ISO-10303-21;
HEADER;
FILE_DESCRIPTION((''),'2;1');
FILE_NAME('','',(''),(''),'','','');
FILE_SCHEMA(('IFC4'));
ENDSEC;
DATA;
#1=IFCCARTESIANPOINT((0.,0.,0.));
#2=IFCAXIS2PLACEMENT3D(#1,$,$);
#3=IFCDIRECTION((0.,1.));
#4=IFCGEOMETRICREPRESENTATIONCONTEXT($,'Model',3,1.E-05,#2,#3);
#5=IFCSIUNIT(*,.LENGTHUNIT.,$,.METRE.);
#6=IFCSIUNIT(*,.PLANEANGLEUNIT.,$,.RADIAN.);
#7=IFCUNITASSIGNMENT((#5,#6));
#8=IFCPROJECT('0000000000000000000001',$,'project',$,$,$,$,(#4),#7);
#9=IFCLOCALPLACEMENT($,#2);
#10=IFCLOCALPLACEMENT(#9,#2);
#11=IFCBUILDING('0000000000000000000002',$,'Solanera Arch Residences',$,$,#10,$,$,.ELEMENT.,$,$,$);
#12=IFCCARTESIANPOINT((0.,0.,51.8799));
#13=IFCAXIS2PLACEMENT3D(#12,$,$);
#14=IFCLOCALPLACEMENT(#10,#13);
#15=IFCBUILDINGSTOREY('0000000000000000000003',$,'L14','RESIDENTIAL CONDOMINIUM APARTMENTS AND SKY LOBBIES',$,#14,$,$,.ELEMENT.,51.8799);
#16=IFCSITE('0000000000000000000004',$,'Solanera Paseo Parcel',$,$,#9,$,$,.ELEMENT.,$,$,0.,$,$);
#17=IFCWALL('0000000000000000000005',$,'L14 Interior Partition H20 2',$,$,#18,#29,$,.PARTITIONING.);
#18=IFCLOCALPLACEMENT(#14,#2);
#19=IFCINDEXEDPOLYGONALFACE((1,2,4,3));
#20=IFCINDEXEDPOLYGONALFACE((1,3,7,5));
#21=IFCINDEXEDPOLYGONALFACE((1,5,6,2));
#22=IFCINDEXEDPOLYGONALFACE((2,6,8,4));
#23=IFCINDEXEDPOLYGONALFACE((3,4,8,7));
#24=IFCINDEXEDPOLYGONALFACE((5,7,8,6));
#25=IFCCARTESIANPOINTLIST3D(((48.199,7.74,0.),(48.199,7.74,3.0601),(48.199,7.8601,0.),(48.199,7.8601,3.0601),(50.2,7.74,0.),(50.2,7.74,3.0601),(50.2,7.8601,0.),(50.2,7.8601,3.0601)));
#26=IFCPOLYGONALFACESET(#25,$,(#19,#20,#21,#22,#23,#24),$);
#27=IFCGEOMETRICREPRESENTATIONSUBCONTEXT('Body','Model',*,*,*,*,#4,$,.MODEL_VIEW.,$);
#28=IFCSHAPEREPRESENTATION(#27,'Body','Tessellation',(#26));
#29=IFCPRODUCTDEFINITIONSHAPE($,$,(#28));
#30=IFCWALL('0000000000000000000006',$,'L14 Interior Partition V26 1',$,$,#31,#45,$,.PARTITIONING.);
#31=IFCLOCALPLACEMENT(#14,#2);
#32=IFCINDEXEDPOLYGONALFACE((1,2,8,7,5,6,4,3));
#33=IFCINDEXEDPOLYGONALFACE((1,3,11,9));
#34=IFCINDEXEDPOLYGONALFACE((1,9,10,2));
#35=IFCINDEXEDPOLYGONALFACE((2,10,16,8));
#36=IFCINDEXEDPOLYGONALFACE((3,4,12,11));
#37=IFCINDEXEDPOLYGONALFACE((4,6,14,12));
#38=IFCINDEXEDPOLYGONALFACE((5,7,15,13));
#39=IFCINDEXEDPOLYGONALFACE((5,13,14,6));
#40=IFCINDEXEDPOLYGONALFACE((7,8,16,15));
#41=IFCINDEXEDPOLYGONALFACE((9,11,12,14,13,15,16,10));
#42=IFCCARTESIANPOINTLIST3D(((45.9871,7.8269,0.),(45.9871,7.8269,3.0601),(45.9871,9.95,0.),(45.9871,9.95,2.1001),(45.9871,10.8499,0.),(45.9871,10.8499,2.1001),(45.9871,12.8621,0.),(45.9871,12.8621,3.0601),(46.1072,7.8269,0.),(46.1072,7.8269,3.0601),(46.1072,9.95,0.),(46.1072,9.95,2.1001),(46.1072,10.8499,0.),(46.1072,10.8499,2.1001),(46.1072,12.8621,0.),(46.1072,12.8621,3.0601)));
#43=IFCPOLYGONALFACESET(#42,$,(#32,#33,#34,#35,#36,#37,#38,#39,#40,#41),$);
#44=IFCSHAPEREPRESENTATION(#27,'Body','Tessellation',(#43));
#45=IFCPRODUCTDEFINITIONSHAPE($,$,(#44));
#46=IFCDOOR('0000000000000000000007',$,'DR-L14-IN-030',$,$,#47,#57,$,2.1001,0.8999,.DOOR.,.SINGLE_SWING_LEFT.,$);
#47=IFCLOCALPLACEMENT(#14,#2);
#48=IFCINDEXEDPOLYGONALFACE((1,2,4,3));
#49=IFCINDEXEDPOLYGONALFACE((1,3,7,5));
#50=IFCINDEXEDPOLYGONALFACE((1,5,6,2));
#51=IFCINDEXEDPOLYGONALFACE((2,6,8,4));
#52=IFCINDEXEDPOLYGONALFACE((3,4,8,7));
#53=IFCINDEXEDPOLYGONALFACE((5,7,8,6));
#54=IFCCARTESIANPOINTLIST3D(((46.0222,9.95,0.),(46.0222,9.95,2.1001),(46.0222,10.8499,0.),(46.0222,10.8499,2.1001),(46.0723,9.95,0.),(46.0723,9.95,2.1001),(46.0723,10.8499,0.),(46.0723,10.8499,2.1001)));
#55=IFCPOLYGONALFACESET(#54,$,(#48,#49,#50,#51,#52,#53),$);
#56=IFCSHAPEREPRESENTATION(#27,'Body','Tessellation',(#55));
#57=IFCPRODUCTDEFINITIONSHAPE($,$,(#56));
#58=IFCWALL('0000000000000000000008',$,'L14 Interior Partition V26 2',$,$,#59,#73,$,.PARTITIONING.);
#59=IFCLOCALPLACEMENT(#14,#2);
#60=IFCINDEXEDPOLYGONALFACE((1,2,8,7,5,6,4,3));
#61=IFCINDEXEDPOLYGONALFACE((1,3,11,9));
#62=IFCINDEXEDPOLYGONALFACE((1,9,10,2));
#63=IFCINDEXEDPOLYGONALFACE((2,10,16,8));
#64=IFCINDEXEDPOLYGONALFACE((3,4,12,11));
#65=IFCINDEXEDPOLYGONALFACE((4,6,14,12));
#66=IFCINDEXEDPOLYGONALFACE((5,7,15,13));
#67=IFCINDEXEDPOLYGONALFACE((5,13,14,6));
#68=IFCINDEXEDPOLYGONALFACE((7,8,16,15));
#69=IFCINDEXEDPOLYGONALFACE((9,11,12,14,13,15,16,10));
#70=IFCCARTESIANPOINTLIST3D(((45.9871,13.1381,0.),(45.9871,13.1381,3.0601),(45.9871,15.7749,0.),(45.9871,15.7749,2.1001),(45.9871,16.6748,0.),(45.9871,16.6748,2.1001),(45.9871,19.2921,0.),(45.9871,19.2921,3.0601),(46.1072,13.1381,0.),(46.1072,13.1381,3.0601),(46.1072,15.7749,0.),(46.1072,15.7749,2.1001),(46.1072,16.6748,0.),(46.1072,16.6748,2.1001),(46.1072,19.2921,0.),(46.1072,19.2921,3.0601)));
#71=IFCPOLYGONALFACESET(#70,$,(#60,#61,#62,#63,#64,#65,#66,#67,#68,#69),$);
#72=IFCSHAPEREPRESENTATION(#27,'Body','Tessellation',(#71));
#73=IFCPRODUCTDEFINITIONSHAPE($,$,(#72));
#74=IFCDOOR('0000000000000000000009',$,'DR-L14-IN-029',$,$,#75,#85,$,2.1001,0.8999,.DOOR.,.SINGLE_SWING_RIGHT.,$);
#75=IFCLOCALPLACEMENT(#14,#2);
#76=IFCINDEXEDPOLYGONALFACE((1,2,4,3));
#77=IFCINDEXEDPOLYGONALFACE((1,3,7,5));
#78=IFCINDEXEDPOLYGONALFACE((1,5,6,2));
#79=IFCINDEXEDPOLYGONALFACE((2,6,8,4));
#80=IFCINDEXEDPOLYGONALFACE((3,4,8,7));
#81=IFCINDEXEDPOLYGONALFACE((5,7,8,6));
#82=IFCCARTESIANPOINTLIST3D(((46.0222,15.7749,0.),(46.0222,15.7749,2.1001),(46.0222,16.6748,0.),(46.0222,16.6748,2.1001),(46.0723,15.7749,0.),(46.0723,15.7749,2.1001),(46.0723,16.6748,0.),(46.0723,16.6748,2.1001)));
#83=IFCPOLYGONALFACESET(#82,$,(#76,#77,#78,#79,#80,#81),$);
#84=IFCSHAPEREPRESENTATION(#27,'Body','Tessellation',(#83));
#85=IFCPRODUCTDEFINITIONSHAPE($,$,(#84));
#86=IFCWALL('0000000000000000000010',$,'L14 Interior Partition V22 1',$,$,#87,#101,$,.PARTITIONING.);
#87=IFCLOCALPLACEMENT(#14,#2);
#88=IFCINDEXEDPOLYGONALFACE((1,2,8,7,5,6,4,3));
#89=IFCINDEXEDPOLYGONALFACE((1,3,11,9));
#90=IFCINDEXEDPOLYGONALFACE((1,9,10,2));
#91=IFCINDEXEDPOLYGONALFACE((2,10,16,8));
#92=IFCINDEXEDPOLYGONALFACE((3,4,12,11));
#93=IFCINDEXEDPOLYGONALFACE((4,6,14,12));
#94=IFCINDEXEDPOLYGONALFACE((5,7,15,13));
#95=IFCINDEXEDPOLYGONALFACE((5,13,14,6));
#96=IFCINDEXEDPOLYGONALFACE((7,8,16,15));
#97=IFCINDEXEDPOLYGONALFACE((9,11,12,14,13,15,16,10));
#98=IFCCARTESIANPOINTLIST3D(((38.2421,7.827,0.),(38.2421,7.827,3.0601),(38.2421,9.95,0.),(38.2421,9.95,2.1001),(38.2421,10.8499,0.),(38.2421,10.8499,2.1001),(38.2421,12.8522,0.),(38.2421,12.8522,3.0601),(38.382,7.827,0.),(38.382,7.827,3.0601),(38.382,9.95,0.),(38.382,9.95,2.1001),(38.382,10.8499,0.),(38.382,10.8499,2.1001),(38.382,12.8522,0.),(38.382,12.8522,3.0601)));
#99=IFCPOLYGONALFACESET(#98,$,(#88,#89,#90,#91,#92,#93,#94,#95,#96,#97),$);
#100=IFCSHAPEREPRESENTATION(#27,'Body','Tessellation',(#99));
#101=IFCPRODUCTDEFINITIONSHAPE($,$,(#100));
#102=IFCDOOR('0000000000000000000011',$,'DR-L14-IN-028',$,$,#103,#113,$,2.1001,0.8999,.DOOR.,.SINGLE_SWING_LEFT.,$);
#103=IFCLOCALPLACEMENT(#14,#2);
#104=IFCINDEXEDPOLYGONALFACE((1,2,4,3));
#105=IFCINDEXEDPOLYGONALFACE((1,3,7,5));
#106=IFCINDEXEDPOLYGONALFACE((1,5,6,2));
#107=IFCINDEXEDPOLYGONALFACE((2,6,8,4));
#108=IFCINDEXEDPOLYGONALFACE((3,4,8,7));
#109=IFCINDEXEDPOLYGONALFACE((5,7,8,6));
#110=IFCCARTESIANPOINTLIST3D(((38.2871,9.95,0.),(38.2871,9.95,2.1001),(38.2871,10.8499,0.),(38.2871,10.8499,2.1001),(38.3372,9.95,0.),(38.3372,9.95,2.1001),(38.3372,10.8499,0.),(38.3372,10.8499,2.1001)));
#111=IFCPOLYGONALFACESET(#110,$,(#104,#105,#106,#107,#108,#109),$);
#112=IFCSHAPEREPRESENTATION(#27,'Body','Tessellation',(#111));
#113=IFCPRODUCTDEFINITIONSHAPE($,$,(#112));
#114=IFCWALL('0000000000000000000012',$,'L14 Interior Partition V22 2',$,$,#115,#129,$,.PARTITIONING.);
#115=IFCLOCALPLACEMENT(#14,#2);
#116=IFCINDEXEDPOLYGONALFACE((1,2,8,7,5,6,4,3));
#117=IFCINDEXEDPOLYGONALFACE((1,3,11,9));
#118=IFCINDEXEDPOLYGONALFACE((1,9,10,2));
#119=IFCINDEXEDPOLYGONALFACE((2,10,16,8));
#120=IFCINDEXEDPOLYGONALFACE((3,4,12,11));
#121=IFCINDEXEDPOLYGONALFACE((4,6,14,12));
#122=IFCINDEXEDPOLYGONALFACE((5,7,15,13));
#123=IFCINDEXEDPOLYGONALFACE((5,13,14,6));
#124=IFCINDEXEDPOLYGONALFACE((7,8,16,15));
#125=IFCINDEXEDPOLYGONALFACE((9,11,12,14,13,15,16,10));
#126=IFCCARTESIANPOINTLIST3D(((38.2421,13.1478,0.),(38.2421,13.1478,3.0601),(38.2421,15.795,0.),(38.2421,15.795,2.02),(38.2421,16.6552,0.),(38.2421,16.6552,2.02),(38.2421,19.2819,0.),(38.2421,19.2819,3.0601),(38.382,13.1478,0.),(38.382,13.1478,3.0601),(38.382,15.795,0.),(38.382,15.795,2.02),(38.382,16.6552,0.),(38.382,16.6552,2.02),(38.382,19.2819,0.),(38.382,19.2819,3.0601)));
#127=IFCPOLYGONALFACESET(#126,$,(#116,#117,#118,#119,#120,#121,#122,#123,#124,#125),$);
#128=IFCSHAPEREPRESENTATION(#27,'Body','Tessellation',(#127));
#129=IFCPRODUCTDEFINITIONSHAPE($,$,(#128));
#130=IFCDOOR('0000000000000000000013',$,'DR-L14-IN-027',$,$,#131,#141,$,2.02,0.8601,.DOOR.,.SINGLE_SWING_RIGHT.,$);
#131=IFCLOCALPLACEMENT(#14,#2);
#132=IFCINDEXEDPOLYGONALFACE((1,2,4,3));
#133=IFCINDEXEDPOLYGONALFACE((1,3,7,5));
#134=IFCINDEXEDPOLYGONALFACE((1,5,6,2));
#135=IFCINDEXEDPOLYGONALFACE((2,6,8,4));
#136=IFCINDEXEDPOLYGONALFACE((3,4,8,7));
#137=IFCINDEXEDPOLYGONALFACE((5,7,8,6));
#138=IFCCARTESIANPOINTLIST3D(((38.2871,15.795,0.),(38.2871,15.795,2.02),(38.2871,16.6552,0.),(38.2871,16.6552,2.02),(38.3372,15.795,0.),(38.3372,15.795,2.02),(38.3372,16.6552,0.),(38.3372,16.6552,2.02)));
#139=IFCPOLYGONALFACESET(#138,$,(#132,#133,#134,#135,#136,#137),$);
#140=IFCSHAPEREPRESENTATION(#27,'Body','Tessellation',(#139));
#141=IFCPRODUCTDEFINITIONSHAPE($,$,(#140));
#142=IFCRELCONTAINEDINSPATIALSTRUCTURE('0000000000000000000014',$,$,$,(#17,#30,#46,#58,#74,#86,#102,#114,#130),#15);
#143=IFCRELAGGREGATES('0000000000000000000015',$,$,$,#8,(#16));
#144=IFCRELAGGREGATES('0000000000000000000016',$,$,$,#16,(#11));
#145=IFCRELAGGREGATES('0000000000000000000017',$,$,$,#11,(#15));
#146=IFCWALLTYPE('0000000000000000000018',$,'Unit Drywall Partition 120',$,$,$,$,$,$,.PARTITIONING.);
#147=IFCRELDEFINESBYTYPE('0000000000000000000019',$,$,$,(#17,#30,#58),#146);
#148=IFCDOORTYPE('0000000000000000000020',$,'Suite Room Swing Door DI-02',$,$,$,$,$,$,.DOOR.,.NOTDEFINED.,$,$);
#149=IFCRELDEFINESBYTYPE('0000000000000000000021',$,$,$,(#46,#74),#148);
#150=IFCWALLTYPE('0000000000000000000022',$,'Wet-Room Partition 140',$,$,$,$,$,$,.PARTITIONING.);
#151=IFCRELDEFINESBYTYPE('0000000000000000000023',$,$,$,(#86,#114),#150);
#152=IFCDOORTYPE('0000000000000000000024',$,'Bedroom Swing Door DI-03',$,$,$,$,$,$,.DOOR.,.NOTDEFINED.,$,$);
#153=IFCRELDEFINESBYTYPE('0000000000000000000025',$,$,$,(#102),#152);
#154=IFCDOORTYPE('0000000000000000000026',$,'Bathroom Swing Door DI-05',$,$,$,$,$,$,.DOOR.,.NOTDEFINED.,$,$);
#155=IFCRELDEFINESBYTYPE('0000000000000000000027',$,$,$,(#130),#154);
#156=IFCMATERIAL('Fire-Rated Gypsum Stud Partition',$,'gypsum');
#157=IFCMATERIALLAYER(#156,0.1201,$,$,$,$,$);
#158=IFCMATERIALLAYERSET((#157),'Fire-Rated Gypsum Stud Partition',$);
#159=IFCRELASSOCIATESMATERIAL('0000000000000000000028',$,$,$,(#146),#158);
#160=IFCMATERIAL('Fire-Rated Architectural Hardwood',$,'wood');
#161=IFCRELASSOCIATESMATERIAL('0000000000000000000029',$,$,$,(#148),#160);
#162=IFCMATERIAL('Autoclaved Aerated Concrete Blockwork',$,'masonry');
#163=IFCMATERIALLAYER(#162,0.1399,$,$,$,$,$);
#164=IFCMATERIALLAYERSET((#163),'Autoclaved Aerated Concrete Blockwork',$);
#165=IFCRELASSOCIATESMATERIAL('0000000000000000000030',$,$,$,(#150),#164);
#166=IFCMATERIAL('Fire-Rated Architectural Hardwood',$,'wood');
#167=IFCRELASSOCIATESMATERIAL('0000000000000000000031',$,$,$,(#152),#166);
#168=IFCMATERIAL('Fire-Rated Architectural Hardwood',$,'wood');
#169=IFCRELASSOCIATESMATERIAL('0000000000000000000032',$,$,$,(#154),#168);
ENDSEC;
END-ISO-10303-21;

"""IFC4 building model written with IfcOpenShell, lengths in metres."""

from ifc_helpers import new_model, si_unit, direction, frame, frame_2d, origin, place, context, subcontext, project, spatial, rectangle, extrude, material, layer, layer_set, type_object, element, fill, save


model = new_model("IFC4")

# Units and contexts
model_context = context("Model", 3, precision=1e-05, world=origin(), true_north=direction((0.0, 1.0)))
body_context = subcontext(model_context, "Body", "Model", "MODEL_VIEW")
ifc_project = project(units=[si_unit("LENGTHUNIT", "METRE"), si_unit("PLANEANGLEUNIT", "RADIAN")], contexts=[model_context])

# Site, building, storey
site_placement = place(None, origin())
site = spatial("IfcSite", under=ifc_project, at=site_placement, Name="Solanera Paseo Parcel", CompositionType="ELEMENT", RefElevation=0.0)
building_placement = place(site_placement, origin())
building = spatial("IfcBuilding", under=site, at=building_placement, Name="Solanera Arch Residences", CompositionType="ELEMENT")
storey_placement = place(building_placement, frame((0.0, 0.0, 51.8799)))
storey = spatial("IfcBuildingStorey", under=building, at=storey_placement, Name="L14", Description="RESIDENTIAL CONDOMINIUM APARTMENTS AND SKY LOBBIES", CompositionType="ELEMENT", Elevation=51.8799)

# Wall
ifc_material_1 = material(Name="Fire-Rated Gypsum Stud Partition", Category="gypsum")
ifc_layer_1 = layer(ifc_material_1, 0.1201)
ifc_layer_set_1 = layer_set([ifc_layer_1], Name="Fire-Rated Gypsum Stud Partition")
wall_type_1 = type_object("IfcWallType", Name="Unit Drywall Partition 120", PredefinedType="PARTITIONING", material=ifc_layer_set_1)
wall_1_placement = place(storey_placement, frame((48.199, 7.8, 0.0), z_axis=(0.0, 0.0, 1.0), x_axis=(1.0, 0.0, 0.0)))
element("IfcWall", 1, at=wall_1_placement, inside=storey, type_object=wall_type_1, Name="L14 Interior Partition H20 2", PredefinedType="PARTITIONING", context=body_context, shape_type="SweptSolid", body=[
    extrude(rectangle(XDim=2.001, YDim=0.1201, at=frame_2d((1.0005, 0.0))), origin(), (0.0, 0.0, 1.0), 3.0601),
])

# Walls, openings, doors
wall_2_placement = place(storey_placement, frame((46.0471, 7.8269, 0.0), z_axis=(0.0, 0.0, 1.0), x_axis=(0.0, 1.0, 0.0)))
wall_2 = element("IfcWall", 2, at=wall_2_placement, inside=storey, type_object=wall_type_1, Name="L14 Interior Partition V26 1", PredefinedType="PARTITIONING", context=body_context, shape_type="SweptSolid", body=[
    extrude(rectangle(XDim=5.0352, YDim=0.1201, at=frame_2d((2.5176, 0.0))), origin(), (0.0, 0.0, 1.0), 3.0601),
])
opening_1_placement = place(wall_2_placement, frame((2.123, 0.0, 0.0)))
opening_1 = element("IfcOpeningElement", 3, at=opening_1_placement, cuts=wall_2, PredefinedType="OPENING", context=body_context, shape_type="SweptSolid", body=[
    extrude(rectangle(XDim=0.8999, YDim=2.1001, at=frame_2d((0.45, 1.05))), frame((0.0, 0.0701, 0.0), z_axis=(0.0, -1.0, 0.0), x_axis=(1.0, 0.0, 0.0)), (0.0, 0.0, 1.0), 0.1401),
])
ifc_material_2 = material(Name="Fire-Rated Architectural Hardwood", Category="wood")
door_type_1 = type_object("IfcDoorType", Name="Suite Room Swing Door DI-02", OperationType="NOTDEFINED", PredefinedType="DOOR", material=ifc_material_2)
door_1_placement = place(opening_1_placement, origin())
door_1 = element("IfcDoor", 4, at=door_1_placement, inside=storey, type_object=door_type_1, Name="DR-L14-IN-030", OperationType="SINGLE_SWING_LEFT", OverallHeight=2.1001, OverallWidth=0.8999, PredefinedType="DOOR", context=body_context, shape_type="SweptSolid", body=[
    extrude(rectangle(XDim=0.8999, YDim=2.1001, at=frame_2d((0.45, 1.05))), frame((0.0, 0.0249, 0.0), z_axis=(0.0, -1.0, 0.0), x_axis=(1.0, 0.0, 0.0)), (0.0, 0.0, 1.0), 0.05),
])
fill(opening_1, door_1)
wall_3_placement = place(storey_placement, frame((46.0471, 13.1379, 0.0), z_axis=(0.0, 0.0, 1.0), x_axis=(0.0, 1.0, 0.0)))
wall_3 = element("IfcWall", 5, at=wall_3_placement, inside=storey, type_object=wall_type_1, Name="L14 Interior Partition V26 2", PredefinedType="PARTITIONING", context=body_context, shape_type="SweptSolid", body=[
    extrude(rectangle(XDim=6.1541, YDim=0.1201, at=frame_2d((3.0771, 0.0))), origin(), (0.0, 0.0, 1.0), 3.0601),
])
opening_2_placement = place(wall_3_placement, frame((2.637, 0.0, 0.0)))
opening_2 = element("IfcOpeningElement", 6, at=opening_2_placement, cuts=wall_3, PredefinedType="OPENING", context=body_context, shape_type="SweptSolid", body=[
    extrude(rectangle(XDim=0.8999, YDim=2.1001, at=frame_2d((0.45, 1.05))), frame((0.0, 0.0701, 0.0), z_axis=(0.0, -1.0, 0.0), x_axis=(1.0, 0.0, 0.0)), (0.0, 0.0, 1.0), 0.1401),
])
door_2_placement = place(opening_2_placement, origin())
door_2 = element("IfcDoor", 7, at=door_2_placement, inside=storey, type_object=door_type_1, Name="DR-L14-IN-029", OperationType="SINGLE_SWING_RIGHT", OverallHeight=2.1001, OverallWidth=0.8999, PredefinedType="DOOR", context=body_context, shape_type="SweptSolid", body=[
    extrude(rectangle(XDim=0.8999, YDim=2.1001, at=frame_2d((0.45, 1.05))), frame((0.0, 0.0249, 0.0), z_axis=(0.0, -1.0, 0.0), x_axis=(1.0, 0.0, 0.0)), (0.0, 0.0, 1.0), 0.05),
])
fill(opening_2, door_2)
ifc_material_3 = material(Name="Autoclaved Aerated Concrete Blockwork", Category="masonry")
ifc_layer_2 = layer(ifc_material_3, 0.1399)
ifc_layer_set_2 = layer_set([ifc_layer_2], Name="Autoclaved Aerated Concrete Blockwork")
wall_type_2 = type_object("IfcWallType", Name="Wet-Room Partition 140", PredefinedType="PARTITIONING", material=ifc_layer_set_2)
wall_4_placement = place(storey_placement, frame((38.312, 7.8269, 0.0), z_axis=(0.0, 0.0, 1.0), x_axis=(0.0, 1.0, 0.0)))
wall_4 = element("IfcWall", 8, at=wall_4_placement, inside=storey, type_object=wall_type_2, Name="L14 Interior Partition V22 1", PredefinedType="PARTITIONING", context=body_context, shape_type="SweptSolid", body=[
    extrude(rectangle(XDim=5.0251, YDim=0.1399, at=frame_2d((2.5127, 0.0))), origin(), (0.0, 0.0, 1.0), 3.0601),
])
opening_3_placement = place(wall_4_placement, frame((2.123, 0.0, 0.0)))
opening_3 = element("IfcOpeningElement", 9, at=opening_3_placement, cuts=wall_4, PredefinedType="OPENING", context=body_context, shape_type="SweptSolid", body=[
    extrude(rectangle(XDim=0.8999, YDim=2.1001, at=frame_2d((0.45, 1.05))), frame((0.0, 0.0798, 0.0), z_axis=(0.0, -1.0, 0.0), x_axis=(1.0, 0.0, 0.0)), (0.0, 0.0, 1.0), 0.1599),
])
ifc_material_4 = material(Name="Fire-Rated Architectural Hardwood", Category="wood")
door_type_2 = type_object("IfcDoorType", Name="Bedroom Swing Door DI-03", OperationType="NOTDEFINED", PredefinedType="DOOR", material=ifc_material_4)
door_3_placement = place(opening_3_placement, origin())
door_3 = element("IfcDoor", 10, at=door_3_placement, inside=storey, type_object=door_type_2, Name="DR-L14-IN-028", OperationType="SINGLE_SWING_LEFT", OverallHeight=2.1001, OverallWidth=0.8999, PredefinedType="DOOR", context=body_context, shape_type="SweptSolid", body=[
    extrude(rectangle(XDim=0.8999, YDim=2.1001, at=frame_2d((0.45, 1.05))), frame((0.0, 0.0249, 0.0), z_axis=(0.0, -1.0, 0.0), x_axis=(1.0, 0.0, 0.0)), (0.0, 0.0, 1.0), 0.05),
])
fill(opening_3, door_3)
wall_5_placement = place(storey_placement, frame((38.312, 13.1479, 0.0), z_axis=(0.0, 0.0, 1.0), x_axis=(0.0, 1.0, 0.0)))
wall_5 = element("IfcWall", 11, at=wall_5_placement, inside=storey, type_object=wall_type_2, Name="L14 Interior Partition V22 2", PredefinedType="PARTITIONING", context=body_context, shape_type="SweptSolid", body=[
    extrude(rectangle(XDim=6.134, YDim=0.1399, at=frame_2d((3.0669, 0.0))), origin(), (0.0, 0.0, 1.0), 3.0601),
])
opening_4_placement = place(wall_5_placement, frame((2.647, 0.0, 0.0)))
opening_4 = element("IfcOpeningElement", 12, at=opening_4_placement, cuts=wall_5, PredefinedType="OPENING", context=body_context, shape_type="SweptSolid", body=[
    extrude(rectangle(XDim=0.8601, YDim=2.02, at=frame_2d((0.4302, 1.01))), frame((0.0, 0.0798, 0.0), z_axis=(0.0, -1.0, 0.0), x_axis=(1.0, 0.0, 0.0)), (0.0, 0.0, 1.0), 0.1599),
])
ifc_material_5 = material(Name="Fire-Rated Architectural Hardwood", Category="wood")
door_type_3 = type_object("IfcDoorType", Name="Bathroom Swing Door DI-05", OperationType="NOTDEFINED", PredefinedType="DOOR", material=ifc_material_5)
door_4_placement = place(opening_4_placement, origin())
door_4 = element("IfcDoor", 13, at=door_4_placement, inside=storey, type_object=door_type_3, Name="DR-L14-IN-027", OperationType="SINGLE_SWING_RIGHT", OverallHeight=2.02, OverallWidth=0.8601, PredefinedType="DOOR", context=body_context, shape_type="SweptSolid", body=[
    extrude(rectangle(XDim=0.8601, YDim=2.02, at=frame_2d((0.4302, 1.01))), frame((0.0, 0.0249, 0.0), z_axis=(0.0, -1.0, 0.0), x_axis=(1.0, 0.0, 0.0)), (0.0, 0.0, 1.0), 0.05),
])
fill(opening_4, door_4)

save(model, "model.ifc")
